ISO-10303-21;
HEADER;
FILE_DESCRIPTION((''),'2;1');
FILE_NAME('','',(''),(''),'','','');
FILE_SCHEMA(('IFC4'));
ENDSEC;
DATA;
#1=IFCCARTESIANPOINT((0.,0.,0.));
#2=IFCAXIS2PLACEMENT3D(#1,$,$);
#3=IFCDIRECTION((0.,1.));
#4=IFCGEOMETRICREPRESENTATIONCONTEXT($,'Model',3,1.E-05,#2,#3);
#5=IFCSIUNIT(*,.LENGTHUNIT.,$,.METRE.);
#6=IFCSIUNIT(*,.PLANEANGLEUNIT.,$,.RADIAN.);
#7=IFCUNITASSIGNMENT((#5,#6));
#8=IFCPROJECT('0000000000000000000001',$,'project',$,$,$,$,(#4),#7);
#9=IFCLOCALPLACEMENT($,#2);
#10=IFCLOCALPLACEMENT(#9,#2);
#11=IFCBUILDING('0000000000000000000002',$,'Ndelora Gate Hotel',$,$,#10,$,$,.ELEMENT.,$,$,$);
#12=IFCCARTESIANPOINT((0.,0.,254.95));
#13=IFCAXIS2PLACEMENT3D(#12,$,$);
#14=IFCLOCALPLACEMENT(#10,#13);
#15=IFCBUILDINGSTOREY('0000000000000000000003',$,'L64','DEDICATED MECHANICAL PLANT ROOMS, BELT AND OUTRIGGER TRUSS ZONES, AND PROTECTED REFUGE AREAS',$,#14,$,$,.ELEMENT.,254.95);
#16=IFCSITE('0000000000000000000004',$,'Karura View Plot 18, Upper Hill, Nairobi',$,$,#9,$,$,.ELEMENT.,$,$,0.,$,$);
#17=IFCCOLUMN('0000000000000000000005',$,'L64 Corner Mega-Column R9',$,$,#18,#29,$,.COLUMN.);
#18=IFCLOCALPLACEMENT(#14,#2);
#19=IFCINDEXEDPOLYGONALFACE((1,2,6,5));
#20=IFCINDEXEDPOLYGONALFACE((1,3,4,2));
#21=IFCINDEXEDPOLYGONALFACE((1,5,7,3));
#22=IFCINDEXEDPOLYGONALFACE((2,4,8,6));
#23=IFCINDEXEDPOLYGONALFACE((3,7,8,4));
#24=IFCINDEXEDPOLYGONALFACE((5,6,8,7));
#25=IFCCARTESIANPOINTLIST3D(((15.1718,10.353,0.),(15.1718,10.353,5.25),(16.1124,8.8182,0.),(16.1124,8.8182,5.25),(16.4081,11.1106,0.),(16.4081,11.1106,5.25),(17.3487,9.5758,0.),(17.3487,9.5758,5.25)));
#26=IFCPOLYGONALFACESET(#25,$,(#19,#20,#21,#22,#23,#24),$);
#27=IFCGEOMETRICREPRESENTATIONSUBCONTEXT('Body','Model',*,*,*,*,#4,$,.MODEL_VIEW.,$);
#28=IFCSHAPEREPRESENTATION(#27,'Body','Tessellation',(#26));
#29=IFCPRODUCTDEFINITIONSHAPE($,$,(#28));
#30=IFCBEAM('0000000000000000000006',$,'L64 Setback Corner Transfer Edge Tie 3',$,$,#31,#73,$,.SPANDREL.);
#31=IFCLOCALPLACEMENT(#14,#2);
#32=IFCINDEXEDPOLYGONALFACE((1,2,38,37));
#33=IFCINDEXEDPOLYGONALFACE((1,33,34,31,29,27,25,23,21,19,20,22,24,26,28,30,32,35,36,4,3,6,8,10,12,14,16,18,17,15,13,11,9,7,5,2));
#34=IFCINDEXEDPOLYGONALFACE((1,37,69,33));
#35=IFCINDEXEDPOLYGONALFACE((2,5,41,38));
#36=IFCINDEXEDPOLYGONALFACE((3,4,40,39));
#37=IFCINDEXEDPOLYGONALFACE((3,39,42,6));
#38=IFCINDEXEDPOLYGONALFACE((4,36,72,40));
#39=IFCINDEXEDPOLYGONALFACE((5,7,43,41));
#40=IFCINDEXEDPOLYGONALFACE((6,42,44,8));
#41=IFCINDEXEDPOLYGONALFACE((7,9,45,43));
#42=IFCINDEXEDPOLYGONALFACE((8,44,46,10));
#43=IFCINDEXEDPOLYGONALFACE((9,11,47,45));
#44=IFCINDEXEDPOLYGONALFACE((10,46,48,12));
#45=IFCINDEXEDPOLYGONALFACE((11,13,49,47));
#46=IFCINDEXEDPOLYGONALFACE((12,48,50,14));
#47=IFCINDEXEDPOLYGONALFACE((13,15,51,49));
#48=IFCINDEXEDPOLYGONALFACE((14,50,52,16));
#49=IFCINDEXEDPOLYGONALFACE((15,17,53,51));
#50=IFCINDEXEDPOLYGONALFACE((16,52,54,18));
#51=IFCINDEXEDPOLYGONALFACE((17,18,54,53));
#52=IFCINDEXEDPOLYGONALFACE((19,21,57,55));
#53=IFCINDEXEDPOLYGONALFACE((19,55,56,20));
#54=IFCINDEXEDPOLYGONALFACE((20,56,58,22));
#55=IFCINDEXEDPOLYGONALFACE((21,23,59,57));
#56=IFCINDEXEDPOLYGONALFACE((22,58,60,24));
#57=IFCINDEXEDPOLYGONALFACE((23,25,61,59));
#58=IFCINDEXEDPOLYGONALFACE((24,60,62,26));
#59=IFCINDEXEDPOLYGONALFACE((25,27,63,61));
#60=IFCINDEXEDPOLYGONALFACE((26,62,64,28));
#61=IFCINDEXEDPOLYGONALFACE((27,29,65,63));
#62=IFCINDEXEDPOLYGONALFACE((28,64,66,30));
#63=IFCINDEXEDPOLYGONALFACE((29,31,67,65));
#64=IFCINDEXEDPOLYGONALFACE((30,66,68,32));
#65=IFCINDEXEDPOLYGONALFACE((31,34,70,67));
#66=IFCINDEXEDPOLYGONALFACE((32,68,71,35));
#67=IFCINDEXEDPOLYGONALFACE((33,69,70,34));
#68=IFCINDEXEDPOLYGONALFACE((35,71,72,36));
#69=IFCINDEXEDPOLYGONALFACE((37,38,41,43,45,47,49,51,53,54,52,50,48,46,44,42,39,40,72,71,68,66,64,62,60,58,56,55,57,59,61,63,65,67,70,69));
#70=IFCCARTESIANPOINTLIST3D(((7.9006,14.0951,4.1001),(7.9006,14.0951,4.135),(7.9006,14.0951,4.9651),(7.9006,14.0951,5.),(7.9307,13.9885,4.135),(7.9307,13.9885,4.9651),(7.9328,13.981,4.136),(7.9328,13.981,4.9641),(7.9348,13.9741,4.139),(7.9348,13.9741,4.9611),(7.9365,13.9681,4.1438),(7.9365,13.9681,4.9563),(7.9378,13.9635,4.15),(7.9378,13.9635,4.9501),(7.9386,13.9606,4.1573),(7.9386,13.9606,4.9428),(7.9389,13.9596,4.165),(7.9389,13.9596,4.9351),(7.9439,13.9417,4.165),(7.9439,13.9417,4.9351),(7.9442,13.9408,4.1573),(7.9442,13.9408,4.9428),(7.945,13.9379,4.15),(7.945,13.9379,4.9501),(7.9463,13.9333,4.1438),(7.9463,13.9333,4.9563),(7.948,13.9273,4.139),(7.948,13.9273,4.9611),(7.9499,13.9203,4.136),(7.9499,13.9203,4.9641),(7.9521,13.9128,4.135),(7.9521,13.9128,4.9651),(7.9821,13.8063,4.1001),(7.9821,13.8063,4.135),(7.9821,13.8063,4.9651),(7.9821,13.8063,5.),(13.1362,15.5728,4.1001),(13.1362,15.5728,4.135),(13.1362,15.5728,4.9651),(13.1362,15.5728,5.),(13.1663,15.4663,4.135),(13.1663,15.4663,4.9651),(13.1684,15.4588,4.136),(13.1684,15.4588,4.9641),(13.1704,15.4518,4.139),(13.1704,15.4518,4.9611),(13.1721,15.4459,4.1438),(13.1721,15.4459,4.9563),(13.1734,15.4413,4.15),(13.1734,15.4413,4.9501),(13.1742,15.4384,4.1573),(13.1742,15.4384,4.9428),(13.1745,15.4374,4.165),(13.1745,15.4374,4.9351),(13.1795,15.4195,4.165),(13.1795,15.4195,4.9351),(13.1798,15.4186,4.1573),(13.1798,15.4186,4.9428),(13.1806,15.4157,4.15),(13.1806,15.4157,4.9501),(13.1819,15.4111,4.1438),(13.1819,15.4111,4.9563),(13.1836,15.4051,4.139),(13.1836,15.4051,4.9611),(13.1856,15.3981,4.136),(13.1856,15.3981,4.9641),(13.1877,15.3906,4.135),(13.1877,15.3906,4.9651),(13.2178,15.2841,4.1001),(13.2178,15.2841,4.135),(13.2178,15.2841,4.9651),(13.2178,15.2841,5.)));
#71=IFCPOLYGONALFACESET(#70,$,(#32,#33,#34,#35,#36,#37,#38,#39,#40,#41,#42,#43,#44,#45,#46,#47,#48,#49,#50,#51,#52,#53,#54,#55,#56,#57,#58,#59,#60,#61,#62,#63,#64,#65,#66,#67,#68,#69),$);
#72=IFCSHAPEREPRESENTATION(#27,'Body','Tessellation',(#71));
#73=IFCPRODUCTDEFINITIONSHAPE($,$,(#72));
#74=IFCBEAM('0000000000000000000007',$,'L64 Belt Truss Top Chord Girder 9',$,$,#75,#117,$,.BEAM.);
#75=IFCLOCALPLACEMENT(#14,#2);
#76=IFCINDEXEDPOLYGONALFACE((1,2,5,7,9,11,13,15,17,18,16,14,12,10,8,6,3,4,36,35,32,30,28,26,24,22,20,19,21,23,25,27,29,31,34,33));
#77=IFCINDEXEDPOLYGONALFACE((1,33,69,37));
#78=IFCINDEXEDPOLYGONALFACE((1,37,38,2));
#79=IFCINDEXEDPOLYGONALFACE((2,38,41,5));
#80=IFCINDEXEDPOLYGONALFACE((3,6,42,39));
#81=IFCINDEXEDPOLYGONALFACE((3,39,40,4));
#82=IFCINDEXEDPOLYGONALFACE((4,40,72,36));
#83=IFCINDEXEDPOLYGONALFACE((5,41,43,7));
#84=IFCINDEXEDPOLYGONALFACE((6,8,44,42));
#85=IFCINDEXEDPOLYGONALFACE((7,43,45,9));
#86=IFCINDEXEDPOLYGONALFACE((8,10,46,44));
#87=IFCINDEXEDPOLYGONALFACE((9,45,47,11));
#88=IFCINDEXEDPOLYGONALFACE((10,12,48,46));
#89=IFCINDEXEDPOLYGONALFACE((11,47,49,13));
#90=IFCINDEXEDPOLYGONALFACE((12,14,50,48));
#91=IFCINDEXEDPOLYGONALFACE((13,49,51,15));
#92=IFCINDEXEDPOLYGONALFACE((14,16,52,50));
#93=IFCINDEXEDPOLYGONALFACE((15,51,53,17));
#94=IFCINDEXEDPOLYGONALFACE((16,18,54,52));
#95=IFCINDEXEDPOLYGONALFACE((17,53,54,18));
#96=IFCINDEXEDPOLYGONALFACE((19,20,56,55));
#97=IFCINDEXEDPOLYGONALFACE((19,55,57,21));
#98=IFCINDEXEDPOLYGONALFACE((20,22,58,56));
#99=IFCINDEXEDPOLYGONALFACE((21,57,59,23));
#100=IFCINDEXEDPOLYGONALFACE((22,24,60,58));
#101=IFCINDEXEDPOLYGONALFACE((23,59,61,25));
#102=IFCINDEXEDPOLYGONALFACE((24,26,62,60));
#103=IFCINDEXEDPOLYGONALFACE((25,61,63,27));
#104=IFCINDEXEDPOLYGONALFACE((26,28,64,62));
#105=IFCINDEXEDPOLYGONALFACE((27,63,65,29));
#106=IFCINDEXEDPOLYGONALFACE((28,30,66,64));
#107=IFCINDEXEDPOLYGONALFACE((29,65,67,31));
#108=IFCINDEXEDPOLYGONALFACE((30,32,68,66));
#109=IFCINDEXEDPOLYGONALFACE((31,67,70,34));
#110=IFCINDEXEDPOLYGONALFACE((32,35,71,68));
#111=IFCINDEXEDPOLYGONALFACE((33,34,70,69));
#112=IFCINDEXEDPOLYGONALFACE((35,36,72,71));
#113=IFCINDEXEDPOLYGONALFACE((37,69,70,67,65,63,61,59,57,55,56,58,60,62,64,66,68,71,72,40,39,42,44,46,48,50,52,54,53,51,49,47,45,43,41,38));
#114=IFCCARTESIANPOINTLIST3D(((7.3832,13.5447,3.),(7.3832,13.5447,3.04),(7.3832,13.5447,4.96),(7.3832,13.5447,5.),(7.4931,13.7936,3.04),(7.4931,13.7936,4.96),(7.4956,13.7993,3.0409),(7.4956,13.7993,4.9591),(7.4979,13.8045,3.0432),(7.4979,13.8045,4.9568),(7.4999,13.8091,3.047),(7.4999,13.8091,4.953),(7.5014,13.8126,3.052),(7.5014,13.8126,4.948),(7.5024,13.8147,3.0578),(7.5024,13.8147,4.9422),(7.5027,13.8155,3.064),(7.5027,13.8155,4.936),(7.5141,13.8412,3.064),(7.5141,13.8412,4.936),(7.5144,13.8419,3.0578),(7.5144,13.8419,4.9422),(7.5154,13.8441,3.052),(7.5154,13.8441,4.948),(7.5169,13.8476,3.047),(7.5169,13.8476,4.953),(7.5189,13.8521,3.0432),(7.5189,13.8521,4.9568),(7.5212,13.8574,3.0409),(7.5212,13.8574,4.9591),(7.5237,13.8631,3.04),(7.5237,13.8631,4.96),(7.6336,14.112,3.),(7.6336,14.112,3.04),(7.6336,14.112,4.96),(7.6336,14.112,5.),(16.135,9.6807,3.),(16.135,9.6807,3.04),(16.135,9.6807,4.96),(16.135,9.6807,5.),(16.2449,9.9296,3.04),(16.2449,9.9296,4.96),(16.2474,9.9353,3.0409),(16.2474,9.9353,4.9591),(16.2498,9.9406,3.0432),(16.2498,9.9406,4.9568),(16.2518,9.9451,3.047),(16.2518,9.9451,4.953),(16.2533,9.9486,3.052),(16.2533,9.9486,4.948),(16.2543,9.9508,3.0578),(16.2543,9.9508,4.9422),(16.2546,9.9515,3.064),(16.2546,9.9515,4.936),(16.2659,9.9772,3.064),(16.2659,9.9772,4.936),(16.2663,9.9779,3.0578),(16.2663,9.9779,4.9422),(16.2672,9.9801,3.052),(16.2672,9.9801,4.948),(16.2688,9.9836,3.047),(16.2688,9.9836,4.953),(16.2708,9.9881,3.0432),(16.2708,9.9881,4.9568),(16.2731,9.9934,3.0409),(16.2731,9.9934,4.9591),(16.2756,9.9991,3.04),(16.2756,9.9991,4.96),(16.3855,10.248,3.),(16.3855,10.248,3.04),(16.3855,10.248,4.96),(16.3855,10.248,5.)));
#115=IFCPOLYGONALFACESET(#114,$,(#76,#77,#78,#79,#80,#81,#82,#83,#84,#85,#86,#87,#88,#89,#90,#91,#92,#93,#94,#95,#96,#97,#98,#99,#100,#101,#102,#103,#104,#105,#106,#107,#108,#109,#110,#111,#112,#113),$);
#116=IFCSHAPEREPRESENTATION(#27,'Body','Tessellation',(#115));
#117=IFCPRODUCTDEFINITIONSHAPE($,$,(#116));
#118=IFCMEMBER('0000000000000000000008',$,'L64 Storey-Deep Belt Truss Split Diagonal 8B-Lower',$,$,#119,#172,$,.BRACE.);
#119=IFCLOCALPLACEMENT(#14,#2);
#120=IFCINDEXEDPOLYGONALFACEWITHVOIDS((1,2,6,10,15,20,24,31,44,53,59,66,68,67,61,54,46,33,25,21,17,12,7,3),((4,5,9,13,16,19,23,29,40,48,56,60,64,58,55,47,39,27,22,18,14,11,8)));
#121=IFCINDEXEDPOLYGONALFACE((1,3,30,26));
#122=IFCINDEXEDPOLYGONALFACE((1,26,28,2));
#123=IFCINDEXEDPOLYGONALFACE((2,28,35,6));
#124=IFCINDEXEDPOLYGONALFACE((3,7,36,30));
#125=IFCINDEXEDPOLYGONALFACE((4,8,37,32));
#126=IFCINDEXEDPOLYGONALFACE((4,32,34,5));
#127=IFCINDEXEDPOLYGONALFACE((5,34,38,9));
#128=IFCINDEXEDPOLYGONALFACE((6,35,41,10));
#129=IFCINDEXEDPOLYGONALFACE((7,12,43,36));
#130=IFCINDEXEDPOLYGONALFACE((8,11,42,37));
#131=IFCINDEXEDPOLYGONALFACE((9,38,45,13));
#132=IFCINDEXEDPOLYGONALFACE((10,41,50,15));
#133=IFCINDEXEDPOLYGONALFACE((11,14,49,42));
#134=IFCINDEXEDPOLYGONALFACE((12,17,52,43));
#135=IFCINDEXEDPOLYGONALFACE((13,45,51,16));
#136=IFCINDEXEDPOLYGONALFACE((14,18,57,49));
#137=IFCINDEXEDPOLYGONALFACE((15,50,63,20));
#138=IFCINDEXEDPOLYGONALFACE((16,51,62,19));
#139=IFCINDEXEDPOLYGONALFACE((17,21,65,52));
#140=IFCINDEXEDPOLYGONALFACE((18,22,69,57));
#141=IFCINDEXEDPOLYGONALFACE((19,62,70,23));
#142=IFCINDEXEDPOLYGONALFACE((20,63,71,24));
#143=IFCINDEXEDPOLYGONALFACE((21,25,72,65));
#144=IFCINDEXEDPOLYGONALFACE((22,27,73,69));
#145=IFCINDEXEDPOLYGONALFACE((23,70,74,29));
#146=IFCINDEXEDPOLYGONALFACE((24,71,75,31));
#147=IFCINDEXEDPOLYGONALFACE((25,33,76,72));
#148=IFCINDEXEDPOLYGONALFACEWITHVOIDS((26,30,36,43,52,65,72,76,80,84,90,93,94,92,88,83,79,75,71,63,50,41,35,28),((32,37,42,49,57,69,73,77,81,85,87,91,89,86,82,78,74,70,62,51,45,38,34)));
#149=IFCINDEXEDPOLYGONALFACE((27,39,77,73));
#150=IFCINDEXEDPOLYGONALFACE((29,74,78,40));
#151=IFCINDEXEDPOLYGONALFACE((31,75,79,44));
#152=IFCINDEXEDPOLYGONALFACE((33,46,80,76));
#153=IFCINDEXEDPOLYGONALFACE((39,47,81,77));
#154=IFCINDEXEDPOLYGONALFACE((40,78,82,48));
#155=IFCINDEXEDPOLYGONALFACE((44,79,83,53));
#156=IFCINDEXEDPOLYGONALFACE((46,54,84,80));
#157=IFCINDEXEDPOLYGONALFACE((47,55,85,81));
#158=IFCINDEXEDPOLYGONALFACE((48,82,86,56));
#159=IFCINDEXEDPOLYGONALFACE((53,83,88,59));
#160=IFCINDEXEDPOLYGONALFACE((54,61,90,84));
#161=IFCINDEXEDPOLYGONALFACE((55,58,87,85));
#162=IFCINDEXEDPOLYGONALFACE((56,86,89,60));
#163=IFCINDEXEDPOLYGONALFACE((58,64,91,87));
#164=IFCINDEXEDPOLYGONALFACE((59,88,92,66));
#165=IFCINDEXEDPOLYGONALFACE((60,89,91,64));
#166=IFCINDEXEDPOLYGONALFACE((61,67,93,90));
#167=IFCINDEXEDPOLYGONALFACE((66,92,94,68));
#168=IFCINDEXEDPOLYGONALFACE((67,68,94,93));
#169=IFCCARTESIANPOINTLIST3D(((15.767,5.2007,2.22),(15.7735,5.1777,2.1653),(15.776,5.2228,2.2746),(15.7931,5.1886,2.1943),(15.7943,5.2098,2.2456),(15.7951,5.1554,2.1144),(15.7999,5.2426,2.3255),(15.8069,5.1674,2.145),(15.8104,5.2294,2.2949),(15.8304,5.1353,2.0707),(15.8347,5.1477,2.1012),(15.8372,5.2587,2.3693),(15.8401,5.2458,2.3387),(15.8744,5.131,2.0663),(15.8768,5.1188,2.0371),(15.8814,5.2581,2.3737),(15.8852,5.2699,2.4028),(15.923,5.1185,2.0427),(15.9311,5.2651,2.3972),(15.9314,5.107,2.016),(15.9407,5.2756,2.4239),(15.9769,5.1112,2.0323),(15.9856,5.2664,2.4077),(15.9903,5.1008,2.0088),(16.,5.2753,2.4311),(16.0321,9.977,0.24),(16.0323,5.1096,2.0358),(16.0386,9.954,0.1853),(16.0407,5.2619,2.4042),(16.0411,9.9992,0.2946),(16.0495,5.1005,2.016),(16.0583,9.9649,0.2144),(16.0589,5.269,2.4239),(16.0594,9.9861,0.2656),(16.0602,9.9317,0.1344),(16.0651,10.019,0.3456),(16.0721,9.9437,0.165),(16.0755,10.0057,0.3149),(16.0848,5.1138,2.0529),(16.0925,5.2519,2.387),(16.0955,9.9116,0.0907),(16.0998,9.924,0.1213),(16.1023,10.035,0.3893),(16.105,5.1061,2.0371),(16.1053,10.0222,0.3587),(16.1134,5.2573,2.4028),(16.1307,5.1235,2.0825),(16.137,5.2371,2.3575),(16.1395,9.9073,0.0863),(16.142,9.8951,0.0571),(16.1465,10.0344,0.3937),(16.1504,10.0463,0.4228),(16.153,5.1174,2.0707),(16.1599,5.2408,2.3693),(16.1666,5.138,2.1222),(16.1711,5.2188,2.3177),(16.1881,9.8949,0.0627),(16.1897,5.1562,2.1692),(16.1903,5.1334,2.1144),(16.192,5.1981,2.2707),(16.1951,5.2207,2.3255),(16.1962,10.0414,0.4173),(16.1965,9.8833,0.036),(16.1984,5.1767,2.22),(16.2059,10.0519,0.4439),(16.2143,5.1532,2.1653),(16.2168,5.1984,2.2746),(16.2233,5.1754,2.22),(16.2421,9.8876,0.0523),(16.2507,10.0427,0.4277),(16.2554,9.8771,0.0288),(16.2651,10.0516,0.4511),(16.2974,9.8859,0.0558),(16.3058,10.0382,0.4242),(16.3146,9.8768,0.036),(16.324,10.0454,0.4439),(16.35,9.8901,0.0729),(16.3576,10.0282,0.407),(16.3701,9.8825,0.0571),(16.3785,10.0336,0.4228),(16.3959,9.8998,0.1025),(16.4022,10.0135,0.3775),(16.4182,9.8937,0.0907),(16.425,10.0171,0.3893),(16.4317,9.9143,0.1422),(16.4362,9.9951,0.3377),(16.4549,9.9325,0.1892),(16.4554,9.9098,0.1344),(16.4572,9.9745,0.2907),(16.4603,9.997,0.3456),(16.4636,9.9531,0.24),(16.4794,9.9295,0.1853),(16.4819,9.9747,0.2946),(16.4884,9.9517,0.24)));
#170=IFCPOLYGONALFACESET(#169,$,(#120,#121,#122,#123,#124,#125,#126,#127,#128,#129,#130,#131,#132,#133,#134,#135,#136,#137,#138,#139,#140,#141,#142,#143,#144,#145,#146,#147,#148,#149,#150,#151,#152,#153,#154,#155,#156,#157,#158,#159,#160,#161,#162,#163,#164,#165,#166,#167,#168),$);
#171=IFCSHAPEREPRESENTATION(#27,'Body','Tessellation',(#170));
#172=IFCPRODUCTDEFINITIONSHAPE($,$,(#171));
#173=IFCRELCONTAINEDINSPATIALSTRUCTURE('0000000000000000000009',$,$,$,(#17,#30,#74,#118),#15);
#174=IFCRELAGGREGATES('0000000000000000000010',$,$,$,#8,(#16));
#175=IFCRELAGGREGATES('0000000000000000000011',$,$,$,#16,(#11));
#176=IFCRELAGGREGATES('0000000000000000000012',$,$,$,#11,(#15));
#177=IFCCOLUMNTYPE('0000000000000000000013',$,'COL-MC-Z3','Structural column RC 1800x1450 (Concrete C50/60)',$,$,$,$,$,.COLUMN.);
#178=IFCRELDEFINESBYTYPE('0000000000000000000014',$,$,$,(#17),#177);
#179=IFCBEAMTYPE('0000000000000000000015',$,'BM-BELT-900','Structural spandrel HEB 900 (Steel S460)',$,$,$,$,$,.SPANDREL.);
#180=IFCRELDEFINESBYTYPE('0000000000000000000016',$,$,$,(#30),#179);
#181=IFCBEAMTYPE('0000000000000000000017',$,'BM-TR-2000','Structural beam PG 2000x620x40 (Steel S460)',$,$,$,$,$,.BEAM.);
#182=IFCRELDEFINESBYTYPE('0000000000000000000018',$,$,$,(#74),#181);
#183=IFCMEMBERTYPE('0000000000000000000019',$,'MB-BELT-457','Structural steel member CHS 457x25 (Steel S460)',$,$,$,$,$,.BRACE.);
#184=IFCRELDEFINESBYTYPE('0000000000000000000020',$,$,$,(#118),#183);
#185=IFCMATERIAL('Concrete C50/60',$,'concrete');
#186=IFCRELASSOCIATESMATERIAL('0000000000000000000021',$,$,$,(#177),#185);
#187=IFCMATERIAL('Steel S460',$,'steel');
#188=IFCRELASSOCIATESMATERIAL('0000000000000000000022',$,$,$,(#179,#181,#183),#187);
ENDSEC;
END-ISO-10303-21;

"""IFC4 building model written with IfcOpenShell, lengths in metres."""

from ifc_helpers import new_model, si_unit, direction, frame, origin, origin_2d, place, context, subcontext, project, spatial, rectangle, hollow_circle, i_section, extrude, material, material_profile, profile_set, type_object, element, save


model = new_model("IFC4")

# Units and contexts
model_context = context("Model", 3, precision=1e-05, world=origin(), true_north=direction((0.0, 1.0)))
body_context = subcontext(model_context, "Body", "Model", "MODEL_VIEW")
ifc_project = project(units=[si_unit("LENGTHUNIT", "METRE"), si_unit("PLANEANGLEUNIT", "RADIAN")], contexts=[model_context])

# Site, building, storey
site_placement = place(None, origin())
site = spatial("IfcSite", under=ifc_project, at=site_placement, Name="Karura View Plot 18, Upper Hill, Nairobi", CompositionType="ELEMENT", RefElevation=0.0)
building_placement = place(site_placement, origin())
building = spatial("IfcBuilding", under=site, at=building_placement, Name="Ndelora Gate Hotel", CompositionType="ELEMENT")
storey_placement = place(building_placement, frame((0.0, 0.0, 254.95)))
storey = spatial("IfcBuildingStorey", under=building, at=storey_placement, Name="L64", Description="DEDICATED MECHANICAL PLANT ROOMS, BELT AND OUTRIGGER TRUSS ZONES, AND PROTECTED REFUGE AREAS", CompositionType="ELEMENT", Elevation=254.95)

# Column
ifc_material_1 = material(Name="Concrete C50/60", Category="concrete")
ifc_material_profile_1 = material_profile(ifc_material_1, rectangle(XDim=1.45, YDim=1.8, at=origin_2d()), Name="RC 1800x1450")
ifc_profile_set_1 = profile_set([ifc_material_profile_1], Name="Concrete C50/60")
column_type = type_object("IfcColumnType", Name="COL-MC-Z3", Description="Structural column RC 1800x1450 (Concrete C50/60)", PredefinedType="COLUMN", material=ifc_profile_set_1)
column_placement = place(storey_placement, frame((16.2603, 9.9644, 0.0), z_axis=(0.0, 0.0, 1.0), x_axis=(0.85264, 0.522499, 0.0)))
element("IfcColumn", 1, at=column_placement, inside=storey, type_object=column_type, Name="L64 Corner Mega-Column R9", PredefinedType="COLUMN", context=body_context, shape_type="SweptSolid", body=[
    extrude(rectangle(XDim=1.45, YDim=1.8, at=origin_2d()), origin(), (0.0, 0.0, 1.0), 5.25),
])

# Beams
ifc_material_2 = material(Name="Steel S460", Category="steel")
ifc_material_profile_2 = material_profile(ifc_material_2, i_section(OverallWidth=0.3, OverallDepth=0.8999, WebThickness=0.0186, FlangeThickness=0.0349, FilletRadius=0.03, at=origin_2d()), Name="HEB 900")
ifc_profile_set_2 = profile_set([ifc_material_profile_2], Name="Steel S460")
beam_type_1 = type_object("IfcBeamType", Name="BM-BELT-900", Description="Structural spandrel HEB 900 (Steel S460)", PredefinedType="SPANDREL", material=ifc_profile_set_2)
beam_1_placement = place(storey_placement, frame((13.177, 15.4285, 4.55), z_axis=(-0.962398, -0.271643, 0.0), x_axis=(0.271643, -0.962398, 0.0)))
element("IfcBeam", 2, at=beam_1_placement, inside=storey, type_object=beam_type_1, Name="L64 Setback Corner Transfer Edge Tie 3", PredefinedType="SPANDREL", context=body_context, shape_type="SweptSolid", body=[
    extrude(i_section(OverallWidth=0.3, OverallDepth=0.8999, WebThickness=0.0186, FlangeThickness=0.0349, FilletRadius=0.03, at=origin_2d()), origin(), (0.0, 0.0, 1.0), 5.4402),
])
ifc_material_profile_3 = material_profile(ifc_material_2, i_section(OverallWidth=0.6201, OverallDepth=2.0, WebThickness=0.0281, FlangeThickness=0.04, FilletRadius=0.0239, at=origin_2d()), Name="PG 2000x620x40")
ifc_profile_set_3 = profile_set([ifc_material_profile_3], Name="Steel S460")
beam_type_2 = type_object("IfcBeamType", Name="BM-TR-2000", Description="Structural beam PG 2000x620x40 (Steel S460)", PredefinedType="BEAM", material=ifc_profile_set_3)
beam_2_placement = place(storey_placement, frame((16.2603, 9.9644, 4.0), z_axis=(-0.914807, 0.40389, 0.0), x_axis=(-0.40389, -0.914807, 0.0)))
element("IfcBeam", 3, at=beam_2_placement, inside=storey, type_object=beam_type_2, Name="L64 Belt Truss Top Chord Girder 9", PredefinedType="BEAM", context=body_context, shape_type="SweptSolid", body=[
    extrude(i_section(OverallWidth=0.6201, OverallDepth=2.0, WebThickness=0.0281, FlangeThickness=0.04, FilletRadius=0.0239, at=origin_2d()), origin(), (0.0, 0.0, 1.0), 9.5669),
])

# Member
ifc_material_profile_4 = material_profile(ifc_material_2, hollow_circle(Radius=0.2285, WallThickness=0.0249, at=origin_2d()), Name="CHS 457x25")
ifc_profile_set_4 = profile_set([ifc_material_profile_4], Name="Steel S460")
member_type_1 = type_object("IfcMemberType", Name="MB-BELT-457", Description="Structural steel member CHS 457x25 (Steel S460)", PredefinedType="BRACE", material=ifc_profile_set_4)
member_1_placement = place(storey_placement, frame((16.2603, 9.9644, 0.24), z_axis=(-0.051212, -0.922562, 0.382436), x_axis=(0.998463, -0.055425, 0.0)))
element("IfcMember", 4, at=member_1_placement, inside=storey, type_object=member_type_1, Name="L64 Storey-Deep Belt Truss Split Diagonal 8B-Lower", PredefinedType="BRACE", context=body_context, shape_type="SweptSolid", body=[
    extrude(hollow_circle(Radius=0.2285, WallThickness=0.0249, at=origin_2d()), origin(), (0.0, 0.0, 1.0), 5.1772),
])

save(model, "model.ifc")
